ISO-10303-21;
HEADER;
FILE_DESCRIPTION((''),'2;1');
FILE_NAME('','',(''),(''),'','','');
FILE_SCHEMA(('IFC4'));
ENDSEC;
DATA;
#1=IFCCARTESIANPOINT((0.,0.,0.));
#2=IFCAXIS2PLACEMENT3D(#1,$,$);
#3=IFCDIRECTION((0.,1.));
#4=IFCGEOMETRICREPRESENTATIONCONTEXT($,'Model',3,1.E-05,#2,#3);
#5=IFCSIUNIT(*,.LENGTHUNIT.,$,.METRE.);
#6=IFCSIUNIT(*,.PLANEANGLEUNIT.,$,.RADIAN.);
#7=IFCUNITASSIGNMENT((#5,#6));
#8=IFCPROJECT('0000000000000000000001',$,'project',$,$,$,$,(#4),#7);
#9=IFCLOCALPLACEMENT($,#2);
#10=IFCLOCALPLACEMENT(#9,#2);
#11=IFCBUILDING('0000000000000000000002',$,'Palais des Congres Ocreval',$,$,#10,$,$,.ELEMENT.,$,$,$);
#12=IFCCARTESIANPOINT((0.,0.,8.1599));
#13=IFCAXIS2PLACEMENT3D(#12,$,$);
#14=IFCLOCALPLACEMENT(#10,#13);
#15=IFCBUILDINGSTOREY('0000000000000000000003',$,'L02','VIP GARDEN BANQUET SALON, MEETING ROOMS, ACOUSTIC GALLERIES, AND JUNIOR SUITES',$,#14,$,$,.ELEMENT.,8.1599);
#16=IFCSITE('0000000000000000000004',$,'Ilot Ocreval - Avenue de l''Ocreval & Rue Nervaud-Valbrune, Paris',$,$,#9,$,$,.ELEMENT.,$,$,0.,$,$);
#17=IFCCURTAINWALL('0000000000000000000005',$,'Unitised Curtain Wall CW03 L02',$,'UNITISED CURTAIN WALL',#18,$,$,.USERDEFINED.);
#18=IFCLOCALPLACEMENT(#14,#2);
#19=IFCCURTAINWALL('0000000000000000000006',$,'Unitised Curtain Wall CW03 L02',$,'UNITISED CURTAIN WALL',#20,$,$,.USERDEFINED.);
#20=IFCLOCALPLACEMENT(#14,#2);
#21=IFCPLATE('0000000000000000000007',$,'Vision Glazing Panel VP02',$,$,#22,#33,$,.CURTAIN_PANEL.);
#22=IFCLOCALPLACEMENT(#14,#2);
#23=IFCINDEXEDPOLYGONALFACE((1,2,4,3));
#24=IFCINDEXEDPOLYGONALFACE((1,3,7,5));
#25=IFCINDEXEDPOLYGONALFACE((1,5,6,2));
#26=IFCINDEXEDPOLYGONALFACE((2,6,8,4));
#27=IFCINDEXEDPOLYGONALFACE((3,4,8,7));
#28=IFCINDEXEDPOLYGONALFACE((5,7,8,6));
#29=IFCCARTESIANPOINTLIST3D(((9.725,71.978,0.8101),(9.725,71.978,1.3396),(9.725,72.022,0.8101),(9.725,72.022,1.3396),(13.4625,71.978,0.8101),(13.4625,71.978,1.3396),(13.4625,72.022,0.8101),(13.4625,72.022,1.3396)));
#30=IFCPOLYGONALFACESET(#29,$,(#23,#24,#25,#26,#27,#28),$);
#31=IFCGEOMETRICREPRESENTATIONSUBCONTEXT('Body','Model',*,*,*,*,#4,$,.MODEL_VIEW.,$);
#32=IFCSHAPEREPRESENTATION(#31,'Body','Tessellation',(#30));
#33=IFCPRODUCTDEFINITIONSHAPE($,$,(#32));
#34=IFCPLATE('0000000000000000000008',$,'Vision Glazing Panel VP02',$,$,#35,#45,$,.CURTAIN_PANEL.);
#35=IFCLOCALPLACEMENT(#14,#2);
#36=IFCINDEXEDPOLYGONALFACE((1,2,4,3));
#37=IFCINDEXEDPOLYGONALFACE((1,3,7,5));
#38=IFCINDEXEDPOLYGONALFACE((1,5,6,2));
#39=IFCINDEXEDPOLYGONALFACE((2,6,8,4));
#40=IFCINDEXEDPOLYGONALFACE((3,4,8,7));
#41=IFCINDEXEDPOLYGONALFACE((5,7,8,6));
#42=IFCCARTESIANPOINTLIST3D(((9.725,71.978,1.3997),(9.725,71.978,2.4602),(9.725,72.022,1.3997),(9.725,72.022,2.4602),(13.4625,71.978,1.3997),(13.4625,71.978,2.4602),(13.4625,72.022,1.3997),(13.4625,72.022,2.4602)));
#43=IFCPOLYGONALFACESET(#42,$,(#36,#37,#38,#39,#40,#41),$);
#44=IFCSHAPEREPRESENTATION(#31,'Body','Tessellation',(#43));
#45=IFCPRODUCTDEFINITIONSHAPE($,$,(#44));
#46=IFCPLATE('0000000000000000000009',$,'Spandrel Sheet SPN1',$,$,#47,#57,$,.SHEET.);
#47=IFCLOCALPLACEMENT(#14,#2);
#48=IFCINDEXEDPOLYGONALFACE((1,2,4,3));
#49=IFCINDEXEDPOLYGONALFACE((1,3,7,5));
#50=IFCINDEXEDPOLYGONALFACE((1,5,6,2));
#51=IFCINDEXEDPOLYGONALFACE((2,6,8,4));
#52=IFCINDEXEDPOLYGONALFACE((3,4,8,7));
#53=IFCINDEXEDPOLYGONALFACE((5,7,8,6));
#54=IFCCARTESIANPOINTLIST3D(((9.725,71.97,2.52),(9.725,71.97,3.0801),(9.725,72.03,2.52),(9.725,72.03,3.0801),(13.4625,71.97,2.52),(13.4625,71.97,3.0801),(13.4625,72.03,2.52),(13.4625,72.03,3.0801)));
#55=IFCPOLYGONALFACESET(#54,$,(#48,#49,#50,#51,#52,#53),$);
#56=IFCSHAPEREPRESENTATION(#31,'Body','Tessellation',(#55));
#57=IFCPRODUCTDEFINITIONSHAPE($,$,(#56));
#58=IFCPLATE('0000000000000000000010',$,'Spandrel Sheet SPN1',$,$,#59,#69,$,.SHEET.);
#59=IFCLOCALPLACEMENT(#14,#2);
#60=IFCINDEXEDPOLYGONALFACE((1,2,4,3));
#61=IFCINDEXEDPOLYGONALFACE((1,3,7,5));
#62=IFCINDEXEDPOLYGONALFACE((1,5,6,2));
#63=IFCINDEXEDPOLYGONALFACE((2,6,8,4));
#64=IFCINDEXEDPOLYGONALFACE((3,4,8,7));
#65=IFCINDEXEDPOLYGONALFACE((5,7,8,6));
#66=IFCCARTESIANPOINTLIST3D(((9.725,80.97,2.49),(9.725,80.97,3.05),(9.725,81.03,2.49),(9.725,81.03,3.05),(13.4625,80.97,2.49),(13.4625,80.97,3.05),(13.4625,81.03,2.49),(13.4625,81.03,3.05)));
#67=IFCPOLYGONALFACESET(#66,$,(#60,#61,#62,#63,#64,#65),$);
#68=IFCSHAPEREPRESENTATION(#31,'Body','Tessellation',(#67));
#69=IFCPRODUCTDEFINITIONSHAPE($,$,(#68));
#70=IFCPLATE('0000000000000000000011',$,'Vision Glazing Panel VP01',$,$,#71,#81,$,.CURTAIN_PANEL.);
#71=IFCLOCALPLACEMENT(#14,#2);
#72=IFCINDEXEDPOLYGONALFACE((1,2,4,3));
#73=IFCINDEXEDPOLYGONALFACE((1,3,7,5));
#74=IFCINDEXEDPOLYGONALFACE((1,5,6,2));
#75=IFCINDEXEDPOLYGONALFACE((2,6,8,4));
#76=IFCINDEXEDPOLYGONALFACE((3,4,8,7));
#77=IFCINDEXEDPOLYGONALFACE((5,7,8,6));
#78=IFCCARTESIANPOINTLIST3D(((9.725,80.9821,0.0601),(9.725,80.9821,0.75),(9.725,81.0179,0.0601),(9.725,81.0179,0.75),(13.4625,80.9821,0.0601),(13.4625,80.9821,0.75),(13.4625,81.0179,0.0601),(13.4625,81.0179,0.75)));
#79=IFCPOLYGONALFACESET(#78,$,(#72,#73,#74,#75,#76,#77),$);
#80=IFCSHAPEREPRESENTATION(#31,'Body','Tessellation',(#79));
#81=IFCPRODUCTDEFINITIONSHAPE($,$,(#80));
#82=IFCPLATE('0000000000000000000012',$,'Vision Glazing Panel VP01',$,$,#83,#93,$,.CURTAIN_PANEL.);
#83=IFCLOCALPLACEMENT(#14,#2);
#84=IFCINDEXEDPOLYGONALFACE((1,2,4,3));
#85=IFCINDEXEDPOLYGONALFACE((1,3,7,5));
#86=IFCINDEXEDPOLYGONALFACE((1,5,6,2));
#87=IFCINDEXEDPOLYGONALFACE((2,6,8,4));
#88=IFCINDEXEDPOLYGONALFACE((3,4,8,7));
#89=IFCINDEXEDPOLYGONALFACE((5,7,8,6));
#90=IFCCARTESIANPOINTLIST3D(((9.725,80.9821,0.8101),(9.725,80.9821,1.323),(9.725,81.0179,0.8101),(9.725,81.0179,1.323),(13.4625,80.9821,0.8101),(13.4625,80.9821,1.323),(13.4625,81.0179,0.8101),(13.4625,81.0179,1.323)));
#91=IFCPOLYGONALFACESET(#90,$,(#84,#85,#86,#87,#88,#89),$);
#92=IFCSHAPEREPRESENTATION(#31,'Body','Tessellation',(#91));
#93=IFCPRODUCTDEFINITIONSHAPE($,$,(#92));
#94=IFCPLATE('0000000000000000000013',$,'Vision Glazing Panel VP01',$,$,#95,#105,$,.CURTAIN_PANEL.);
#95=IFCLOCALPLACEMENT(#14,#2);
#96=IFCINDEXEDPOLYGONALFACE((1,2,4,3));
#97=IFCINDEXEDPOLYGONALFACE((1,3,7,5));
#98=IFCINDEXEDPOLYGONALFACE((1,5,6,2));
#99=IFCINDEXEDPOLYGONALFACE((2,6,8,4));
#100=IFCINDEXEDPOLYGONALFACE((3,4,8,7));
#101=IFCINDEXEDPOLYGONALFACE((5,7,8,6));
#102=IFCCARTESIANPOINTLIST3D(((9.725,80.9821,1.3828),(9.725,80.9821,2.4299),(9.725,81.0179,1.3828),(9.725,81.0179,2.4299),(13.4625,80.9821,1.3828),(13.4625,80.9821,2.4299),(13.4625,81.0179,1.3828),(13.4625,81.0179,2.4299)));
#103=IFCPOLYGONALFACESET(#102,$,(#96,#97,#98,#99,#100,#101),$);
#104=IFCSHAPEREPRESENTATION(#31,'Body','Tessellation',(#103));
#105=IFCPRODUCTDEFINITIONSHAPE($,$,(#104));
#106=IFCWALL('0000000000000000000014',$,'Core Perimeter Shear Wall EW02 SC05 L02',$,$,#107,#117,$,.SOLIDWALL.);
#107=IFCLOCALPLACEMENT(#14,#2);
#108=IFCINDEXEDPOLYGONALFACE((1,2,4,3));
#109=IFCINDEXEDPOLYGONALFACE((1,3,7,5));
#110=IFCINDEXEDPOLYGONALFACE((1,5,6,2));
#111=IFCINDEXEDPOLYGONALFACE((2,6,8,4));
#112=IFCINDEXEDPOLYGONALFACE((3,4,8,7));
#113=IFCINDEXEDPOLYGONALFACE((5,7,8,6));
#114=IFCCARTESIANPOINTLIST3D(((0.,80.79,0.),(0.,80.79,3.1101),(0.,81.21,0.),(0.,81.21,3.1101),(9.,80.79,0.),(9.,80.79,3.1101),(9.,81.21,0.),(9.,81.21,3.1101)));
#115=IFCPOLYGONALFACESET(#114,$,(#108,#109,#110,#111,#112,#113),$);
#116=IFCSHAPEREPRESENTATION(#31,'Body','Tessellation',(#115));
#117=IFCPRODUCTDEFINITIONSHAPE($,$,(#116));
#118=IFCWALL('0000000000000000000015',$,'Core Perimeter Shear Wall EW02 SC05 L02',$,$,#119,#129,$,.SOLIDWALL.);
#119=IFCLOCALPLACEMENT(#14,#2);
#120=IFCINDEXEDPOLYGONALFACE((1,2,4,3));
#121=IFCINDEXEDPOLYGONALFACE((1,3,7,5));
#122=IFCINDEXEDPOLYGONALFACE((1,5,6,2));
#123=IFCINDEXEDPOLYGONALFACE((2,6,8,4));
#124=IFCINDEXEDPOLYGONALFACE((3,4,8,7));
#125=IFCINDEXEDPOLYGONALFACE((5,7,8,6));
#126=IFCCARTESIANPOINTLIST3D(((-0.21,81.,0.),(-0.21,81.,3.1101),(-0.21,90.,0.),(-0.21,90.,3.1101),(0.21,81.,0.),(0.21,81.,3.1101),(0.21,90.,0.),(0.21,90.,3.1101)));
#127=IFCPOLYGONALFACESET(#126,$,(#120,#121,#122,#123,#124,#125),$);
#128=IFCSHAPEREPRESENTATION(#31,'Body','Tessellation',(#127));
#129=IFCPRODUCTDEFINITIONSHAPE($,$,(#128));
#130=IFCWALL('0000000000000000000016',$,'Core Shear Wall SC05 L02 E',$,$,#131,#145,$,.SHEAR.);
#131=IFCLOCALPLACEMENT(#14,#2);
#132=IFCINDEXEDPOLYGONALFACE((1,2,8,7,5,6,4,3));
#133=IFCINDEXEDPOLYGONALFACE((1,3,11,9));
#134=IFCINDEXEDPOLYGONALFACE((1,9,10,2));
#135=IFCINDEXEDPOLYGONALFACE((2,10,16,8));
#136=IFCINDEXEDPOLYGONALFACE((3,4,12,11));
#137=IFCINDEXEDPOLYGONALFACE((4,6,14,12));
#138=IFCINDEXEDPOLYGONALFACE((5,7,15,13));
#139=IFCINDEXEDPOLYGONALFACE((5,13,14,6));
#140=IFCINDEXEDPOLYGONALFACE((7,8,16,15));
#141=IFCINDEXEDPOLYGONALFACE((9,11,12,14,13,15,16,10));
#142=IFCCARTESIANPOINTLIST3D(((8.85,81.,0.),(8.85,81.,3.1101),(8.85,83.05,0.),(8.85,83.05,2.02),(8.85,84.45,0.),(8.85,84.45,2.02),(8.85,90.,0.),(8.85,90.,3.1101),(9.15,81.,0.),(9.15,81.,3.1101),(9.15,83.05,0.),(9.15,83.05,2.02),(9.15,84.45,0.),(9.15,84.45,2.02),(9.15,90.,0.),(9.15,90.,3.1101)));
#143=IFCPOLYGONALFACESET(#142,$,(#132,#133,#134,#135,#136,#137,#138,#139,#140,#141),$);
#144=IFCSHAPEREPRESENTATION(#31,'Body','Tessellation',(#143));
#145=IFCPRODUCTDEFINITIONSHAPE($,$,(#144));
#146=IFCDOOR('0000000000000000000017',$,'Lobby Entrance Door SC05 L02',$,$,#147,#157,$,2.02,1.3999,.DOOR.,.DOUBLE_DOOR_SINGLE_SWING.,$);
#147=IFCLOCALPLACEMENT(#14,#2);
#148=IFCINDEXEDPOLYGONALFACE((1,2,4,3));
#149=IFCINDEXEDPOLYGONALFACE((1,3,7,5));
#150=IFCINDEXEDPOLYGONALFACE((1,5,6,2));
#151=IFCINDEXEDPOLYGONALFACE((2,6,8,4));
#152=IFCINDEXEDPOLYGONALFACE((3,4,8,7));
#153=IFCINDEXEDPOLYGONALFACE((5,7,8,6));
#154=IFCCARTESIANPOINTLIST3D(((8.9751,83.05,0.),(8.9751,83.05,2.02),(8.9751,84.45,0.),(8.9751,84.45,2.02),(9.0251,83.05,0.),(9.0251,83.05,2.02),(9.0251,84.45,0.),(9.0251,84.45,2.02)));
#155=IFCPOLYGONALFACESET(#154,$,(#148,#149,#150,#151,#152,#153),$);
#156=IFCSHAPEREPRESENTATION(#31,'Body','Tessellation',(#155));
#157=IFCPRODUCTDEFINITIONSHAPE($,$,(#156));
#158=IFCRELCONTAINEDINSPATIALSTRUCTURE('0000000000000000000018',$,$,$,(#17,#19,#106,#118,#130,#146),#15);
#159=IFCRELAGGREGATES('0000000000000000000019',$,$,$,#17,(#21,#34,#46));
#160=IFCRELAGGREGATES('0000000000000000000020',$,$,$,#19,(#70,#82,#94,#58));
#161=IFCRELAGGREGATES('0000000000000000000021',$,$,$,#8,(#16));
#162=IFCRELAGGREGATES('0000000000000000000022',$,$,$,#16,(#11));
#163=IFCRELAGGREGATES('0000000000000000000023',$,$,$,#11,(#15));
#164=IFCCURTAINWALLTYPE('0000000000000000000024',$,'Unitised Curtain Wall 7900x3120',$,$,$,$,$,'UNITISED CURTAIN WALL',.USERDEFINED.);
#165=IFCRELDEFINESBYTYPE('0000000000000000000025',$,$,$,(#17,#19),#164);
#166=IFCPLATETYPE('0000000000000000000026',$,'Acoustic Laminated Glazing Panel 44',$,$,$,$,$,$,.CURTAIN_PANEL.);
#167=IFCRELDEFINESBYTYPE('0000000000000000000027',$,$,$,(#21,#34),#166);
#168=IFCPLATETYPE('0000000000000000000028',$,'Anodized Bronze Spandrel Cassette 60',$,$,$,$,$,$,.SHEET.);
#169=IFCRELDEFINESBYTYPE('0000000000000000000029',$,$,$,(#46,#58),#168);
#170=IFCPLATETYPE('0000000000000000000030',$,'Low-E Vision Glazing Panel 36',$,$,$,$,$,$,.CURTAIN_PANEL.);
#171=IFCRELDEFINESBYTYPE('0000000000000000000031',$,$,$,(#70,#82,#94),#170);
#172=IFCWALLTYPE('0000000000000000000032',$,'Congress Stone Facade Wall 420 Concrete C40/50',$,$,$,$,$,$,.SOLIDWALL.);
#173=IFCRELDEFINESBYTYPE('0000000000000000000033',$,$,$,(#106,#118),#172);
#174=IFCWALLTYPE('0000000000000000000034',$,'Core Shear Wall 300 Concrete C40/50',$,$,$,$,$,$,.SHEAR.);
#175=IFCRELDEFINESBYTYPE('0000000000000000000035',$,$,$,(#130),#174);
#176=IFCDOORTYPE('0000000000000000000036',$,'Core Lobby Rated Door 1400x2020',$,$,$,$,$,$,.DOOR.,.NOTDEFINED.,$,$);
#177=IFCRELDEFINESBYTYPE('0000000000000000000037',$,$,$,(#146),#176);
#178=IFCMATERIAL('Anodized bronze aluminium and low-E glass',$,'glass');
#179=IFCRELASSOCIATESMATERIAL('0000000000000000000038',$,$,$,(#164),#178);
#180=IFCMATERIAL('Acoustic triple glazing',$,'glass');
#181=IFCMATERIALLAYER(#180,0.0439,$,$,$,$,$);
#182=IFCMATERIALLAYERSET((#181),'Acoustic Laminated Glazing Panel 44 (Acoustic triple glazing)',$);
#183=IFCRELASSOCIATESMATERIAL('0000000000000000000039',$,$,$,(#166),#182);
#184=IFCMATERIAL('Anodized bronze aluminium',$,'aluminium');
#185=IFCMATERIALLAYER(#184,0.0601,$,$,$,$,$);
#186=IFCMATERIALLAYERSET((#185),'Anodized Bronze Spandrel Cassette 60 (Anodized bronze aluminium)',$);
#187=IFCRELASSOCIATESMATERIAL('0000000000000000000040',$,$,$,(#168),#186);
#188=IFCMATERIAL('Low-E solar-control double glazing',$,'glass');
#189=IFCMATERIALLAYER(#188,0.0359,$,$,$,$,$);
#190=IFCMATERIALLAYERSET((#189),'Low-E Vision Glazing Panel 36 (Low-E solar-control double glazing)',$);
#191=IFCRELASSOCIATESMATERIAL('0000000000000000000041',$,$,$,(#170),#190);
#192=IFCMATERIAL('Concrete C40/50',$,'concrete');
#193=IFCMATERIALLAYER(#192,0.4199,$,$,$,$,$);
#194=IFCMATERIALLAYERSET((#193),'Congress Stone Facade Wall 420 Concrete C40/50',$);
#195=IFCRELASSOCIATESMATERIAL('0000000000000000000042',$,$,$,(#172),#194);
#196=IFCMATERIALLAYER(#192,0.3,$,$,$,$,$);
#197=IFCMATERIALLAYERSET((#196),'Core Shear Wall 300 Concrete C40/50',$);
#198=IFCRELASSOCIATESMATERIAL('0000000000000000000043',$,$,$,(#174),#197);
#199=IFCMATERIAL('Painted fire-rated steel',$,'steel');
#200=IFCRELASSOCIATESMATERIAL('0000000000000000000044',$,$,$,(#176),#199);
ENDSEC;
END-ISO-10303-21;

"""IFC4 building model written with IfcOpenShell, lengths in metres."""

from ifc_helpers import new_model, si_unit, direction, frame, frame_2d, origin, origin_2d, place, context, subcontext, project, spatial, rectangle, extrude, material, layer, layer_set, type_object, element, fill, aggregate, save


model = new_model("IFC4")

# Units and contexts
model_context = context("Model", 3, precision=1e-05, world=origin(), true_north=direction((0.0, 1.0)))
body_context = subcontext(model_context, "Body", "Model", "MODEL_VIEW")
ifc_project = project(units=[si_unit("LENGTHUNIT", "METRE"), si_unit("PLANEANGLEUNIT", "RADIAN")], contexts=[model_context])

# Site, building, storey
site_placement = place(None, origin())
site = spatial("IfcSite", under=ifc_project, at=site_placement, Name="Ilot Ocreval - Avenue de l'Ocreval & Rue Nervaud-Valbrune, Paris", CompositionType="ELEMENT", RefElevation=0.0)
building_placement = place(site_placement, origin())
building = spatial("IfcBuilding", under=site, at=building_placement, Name="Palais des Congres Ocreval", CompositionType="ELEMENT")
storey_placement = place(building_placement, frame((0.0, 0.0, 8.1599)))
storey = spatial("IfcBuildingStorey", under=building, at=storey_placement, Name="L02", Description="VIP GARDEN BANQUET SALON, MEETING ROOMS, ACOUSTIC GALLERIES, AND JUNIOR SUITES", CompositionType="ELEMENT", Elevation=8.1599)

# Shared definitions
ifc_material_1 = material(Name="Concrete C40/50", Category="concrete")

# Curtain walls
ifc_material_2 = material(Name="Anodized bronze aluminium and low-E glass", Category="glass")
curtain_wall_type = type_object("IfcCurtainWallType", Name="Unitised Curtain Wall 7900x3120", ElementType="UNITISED CURTAIN WALL", PredefinedType="USERDEFINED", material=ifc_material_2)
curtain_wall_1_placement = place(storey_placement, origin())
curtain_wall_1 = element("IfcCurtainWall", 1, at=curtain_wall_1_placement, inside=storey, type_object=curtain_wall_type, Name="Unitised Curtain Wall CW03 L02", ObjectType="UNITISED CURTAIN WALL", PredefinedType="USERDEFINED")
ifc_material_3 = material(Name="Anodized bronze aluminium", Category="aluminium")
curtain_wall_2_placement = place(storey_placement, origin())
curtain_wall_2 = element("IfcCurtainWall", 2, at=curtain_wall_2_placement, inside=storey, type_object=curtain_wall_type, Name="Unitised Curtain Wall CW03 L02", ObjectType="UNITISED CURTAIN WALL", PredefinedType="USERDEFINED")

# Plates
ifc_material_4 = material(Name="Acoustic triple glazing", Category="glass")
ifc_layer_1 = layer(ifc_material_4, 0.0439)
ifc_layer_set_1 = layer_set([ifc_layer_1], Name="Acoustic Laminated Glazing Panel 44 (Acoustic triple glazing)")
plate_type_1 = type_object("IfcPlateType", Name="Acoustic Laminated Glazing Panel 44", PredefinedType="CURTAIN_PANEL", material=ifc_layer_set_1)
plate_1_placement = place(storey_placement, frame((11.5938, 72.0, 0.8101), z_axis=(0.0, 0.0, 1.0), x_axis=(1.0, 0.0, 0.0)))
plate_1 = element("IfcPlate", 3, at=plate_1_placement, type_object=plate_type_1, Name="Vision Glazing Panel VP02", PredefinedType="CURTAIN_PANEL", context=body_context, shape_type="SweptSolid", body=[
    extrude(rectangle(XDim=3.7375, YDim=0.0439, at=origin_2d()), origin(), (0.0, 0.0, 1.0), 0.5295),
])
plate_2_placement = place(storey_placement, frame((11.5938, 72.0, 1.3997), z_axis=(0.0, 0.0, 1.0), x_axis=(1.0, 0.0, 0.0)))
plate_2 = element("IfcPlate", 4, at=plate_2_placement, type_object=plate_type_1, Name="Vision Glazing Panel VP02", PredefinedType="CURTAIN_PANEL", context=body_context, shape_type="SweptSolid", body=[
    extrude(rectangle(XDim=3.7375, YDim=0.0439, at=origin_2d()), origin(), (0.0, 0.0, 1.0), 1.0605),
])
ifc_layer_2 = layer(ifc_material_3, 0.0601)
ifc_layer_set_2 = layer_set([ifc_layer_2], Name="Anodized Bronze Spandrel Cassette 60 (Anodized bronze aluminium)")
plate_type_2 = type_object("IfcPlateType", Name="Anodized Bronze Spandrel Cassette 60", PredefinedType="SHEET", material=ifc_layer_set_2)
plate_3_placement = place(storey_placement, frame((11.5938, 72.0, 2.52), z_axis=(0.0, 0.0, 1.0), x_axis=(1.0, 0.0, 0.0)))
plate_3 = element("IfcPlate", 5, at=plate_3_placement, type_object=plate_type_2, Name="Spandrel Sheet SPN1", PredefinedType="SHEET", context=body_context, shape_type="SweptSolid", body=[
    extrude(rectangle(XDim=3.7375, YDim=0.0601, at=origin_2d()), origin(), (0.0, 0.0, 1.0), 0.5601),
])
aggregate(curtain_wall_1, [plate_1, plate_2, plate_3])
plate_4_placement = place(storey_placement, frame((11.5938, 81.0, 2.49), z_axis=(0.0, 0.0, 1.0), x_axis=(-1.0, 0.0, 0.0)))
plate_4 = element("IfcPlate", 6, at=plate_4_placement, type_object=plate_type_2, Name="Spandrel Sheet SPN1", PredefinedType="SHEET", context=body_context, shape_type="SweptSolid", body=[
    extrude(rectangle(XDim=3.7375, YDim=0.0601, at=origin_2d()), origin(), (0.0, 0.0, 1.0), 0.5601),
])
ifc_material_5 = material(Name="Low-E solar-control double glazing", Category="glass")
ifc_layer_3 = layer(ifc_material_5, 0.0359)
ifc_layer_set_3 = layer_set([ifc_layer_3], Name="Low-E Vision Glazing Panel 36 (Low-E solar-control double glazing)")
plate_type_3 = type_object("IfcPlateType", Name="Low-E Vision Glazing Panel 36", PredefinedType="CURTAIN_PANEL", material=ifc_layer_set_3)
plate_5_placement = place(storey_placement, frame((11.5938, 81.0, 0.0601), z_axis=(0.0, 0.0, 1.0), x_axis=(-1.0, 0.0, 0.0)))
plate_5 = element("IfcPlate", 7, at=plate_5_placement, type_object=plate_type_3, Name="Vision Glazing Panel VP01", PredefinedType="CURTAIN_PANEL", context=body_context, shape_type="SweptSolid", body=[
    extrude(rectangle(XDim=3.7375, YDim=0.0359, at=origin_2d()), origin(), (0.0, 0.0, 1.0), 0.6899),
])
plate_6_placement = place(storey_placement, frame((11.5938, 81.0, 0.8101), z_axis=(0.0, 0.0, 1.0), x_axis=(-1.0, 0.0, 0.0)))
plate_6 = element("IfcPlate", 8, at=plate_6_placement, type_object=plate_type_3, Name="Vision Glazing Panel VP01", PredefinedType="CURTAIN_PANEL", context=body_context, shape_type="SweptSolid", body=[
    extrude(rectangle(XDim=3.7375, YDim=0.0359, at=origin_2d()), origin(), (0.0, 0.0, 1.0), 0.5129),
])
plate_7_placement = place(storey_placement, frame((11.5938, 81.0, 1.3828), z_axis=(0.0, 0.0, 1.0), x_axis=(-1.0, 0.0, 0.0)))
plate_7 = element("IfcPlate", 9, at=plate_7_placement, type_object=plate_type_3, Name="Vision Glazing Panel VP01", PredefinedType="CURTAIN_PANEL", context=body_context, shape_type="SweptSolid", body=[
    extrude(rectangle(XDim=3.7375, YDim=0.0359, at=origin_2d()), origin(), (0.0, 0.0, 1.0), 1.0471),
])
aggregate(curtain_wall_2, [plate_5, plate_6, plate_7, plate_4])

# Walls
ifc_layer_4 = layer(ifc_material_1, 0.4199)
ifc_layer_set_4 = layer_set([ifc_layer_4], Name="Congress Stone Facade Wall 420 Concrete C40/50")
wall_type_1 = type_object("IfcWallType", Name="Congress Stone Facade Wall 420 Concrete C40/50", PredefinedType="SOLIDWALL", material=ifc_layer_set_4)
for number, where, z_axis, x_axis, name in (
    (10, (9.0, 81.0, 0.0), (0.0, 0.0, 1.0), (-1.0, 0.0, 0.0), "Core Perimeter Shear Wall EW02 SC05 L02"),
    (11, (0.0, 81.0, 0.0), (0.0, 0.0, 1.0), (0.0, 1.0, 0.0), "Core Perimeter Shear Wall EW02 SC05 L02"),
):
    element("IfcWall", number, at=place(storey_placement, frame(where, z_axis=z_axis, x_axis=x_axis)), inside=storey, type_object=wall_type_1, Name=name, PredefinedType="SOLIDWALL", context=body_context, shape_type="SweptSolid", body=[
        extrude(rectangle(XDim=9.0, YDim=0.4199, at=frame_2d((4.5, 0.0))), origin(), (0.0, 0.0, 1.0), 3.1101),
    ])

# Wall, opening, door
ifc_layer_5 = layer(ifc_material_1, 0.3)
ifc_layer_set_5 = layer_set([ifc_layer_5], Name="Core Shear Wall 300 Concrete C40/50")
wall_type_2 = type_object("IfcWallType", Name="Core Shear Wall 300 Concrete C40/50", PredefinedType="SHEAR", material=ifc_layer_set_5)
wall_1_placement = place(storey_placement, frame((9.0, 81.0, 0.0), z_axis=(0.0, 0.0, 1.0), x_axis=(0.0, 1.0, 0.0)))
wall_1 = element("IfcWall", 12, at=wall_1_placement, inside=storey, type_object=wall_type_2, Name="Core Shear Wall SC05 L02 E", PredefinedType="SHEAR", context=body_context, shape_type="SweptSolid", body=[
    extrude(rectangle(XDim=9.0, YDim=0.3, at=frame_2d((4.5, 0.0))), origin(), (0.0, 0.0, 1.0), 3.1101),
])
opening_1_placement = place(wall_1_placement, frame((2.05, 0.0, 0.0)))
opening_1 = element("IfcOpeningElement", 13, at=opening_1_placement, cuts=wall_1, PredefinedType="OPENING", context=body_context, shape_type="SweptSolid", body=[
    extrude(rectangle(XDim=1.3999, YDim=2.02, at=frame_2d((0.7, 1.01))), frame((0.0, 0.1599, 0.0), z_axis=(0.0, -1.0, 0.0), x_axis=(1.0, 0.0, 0.0)), (0.0, 0.0, 1.0), 0.3201),
])
ifc_material_6 = material(Name="Painted fire-rated steel", Category="steel")
door_type = type_object("IfcDoorType", Name="Core Lobby Rated Door 1400x2020", OperationType="NOTDEFINED", PredefinedType="DOOR", material=ifc_material_6)
door_placement = place(opening_1_placement, origin())
door = element("IfcDoor", 14, at=door_placement, inside=storey, type_object=door_type, Name="Lobby Entrance Door SC05 L02", OperationType="DOUBLE_DOOR_SINGLE_SWING", OverallHeight=2.02, OverallWidth=1.3999, PredefinedType="DOOR", context=body_context, shape_type="SweptSolid", body=[
    extrude(rectangle(XDim=1.3999, YDim=2.02, at=frame_2d((0.7, 1.01))), frame((0.0, 0.0249, 0.0), z_axis=(0.0, -1.0, 0.0), x_axis=(1.0, 0.0, 0.0)), (0.0, 0.0, 1.0), 0.05),
])
fill(opening_1, door)

save(model, "model.ifc")
